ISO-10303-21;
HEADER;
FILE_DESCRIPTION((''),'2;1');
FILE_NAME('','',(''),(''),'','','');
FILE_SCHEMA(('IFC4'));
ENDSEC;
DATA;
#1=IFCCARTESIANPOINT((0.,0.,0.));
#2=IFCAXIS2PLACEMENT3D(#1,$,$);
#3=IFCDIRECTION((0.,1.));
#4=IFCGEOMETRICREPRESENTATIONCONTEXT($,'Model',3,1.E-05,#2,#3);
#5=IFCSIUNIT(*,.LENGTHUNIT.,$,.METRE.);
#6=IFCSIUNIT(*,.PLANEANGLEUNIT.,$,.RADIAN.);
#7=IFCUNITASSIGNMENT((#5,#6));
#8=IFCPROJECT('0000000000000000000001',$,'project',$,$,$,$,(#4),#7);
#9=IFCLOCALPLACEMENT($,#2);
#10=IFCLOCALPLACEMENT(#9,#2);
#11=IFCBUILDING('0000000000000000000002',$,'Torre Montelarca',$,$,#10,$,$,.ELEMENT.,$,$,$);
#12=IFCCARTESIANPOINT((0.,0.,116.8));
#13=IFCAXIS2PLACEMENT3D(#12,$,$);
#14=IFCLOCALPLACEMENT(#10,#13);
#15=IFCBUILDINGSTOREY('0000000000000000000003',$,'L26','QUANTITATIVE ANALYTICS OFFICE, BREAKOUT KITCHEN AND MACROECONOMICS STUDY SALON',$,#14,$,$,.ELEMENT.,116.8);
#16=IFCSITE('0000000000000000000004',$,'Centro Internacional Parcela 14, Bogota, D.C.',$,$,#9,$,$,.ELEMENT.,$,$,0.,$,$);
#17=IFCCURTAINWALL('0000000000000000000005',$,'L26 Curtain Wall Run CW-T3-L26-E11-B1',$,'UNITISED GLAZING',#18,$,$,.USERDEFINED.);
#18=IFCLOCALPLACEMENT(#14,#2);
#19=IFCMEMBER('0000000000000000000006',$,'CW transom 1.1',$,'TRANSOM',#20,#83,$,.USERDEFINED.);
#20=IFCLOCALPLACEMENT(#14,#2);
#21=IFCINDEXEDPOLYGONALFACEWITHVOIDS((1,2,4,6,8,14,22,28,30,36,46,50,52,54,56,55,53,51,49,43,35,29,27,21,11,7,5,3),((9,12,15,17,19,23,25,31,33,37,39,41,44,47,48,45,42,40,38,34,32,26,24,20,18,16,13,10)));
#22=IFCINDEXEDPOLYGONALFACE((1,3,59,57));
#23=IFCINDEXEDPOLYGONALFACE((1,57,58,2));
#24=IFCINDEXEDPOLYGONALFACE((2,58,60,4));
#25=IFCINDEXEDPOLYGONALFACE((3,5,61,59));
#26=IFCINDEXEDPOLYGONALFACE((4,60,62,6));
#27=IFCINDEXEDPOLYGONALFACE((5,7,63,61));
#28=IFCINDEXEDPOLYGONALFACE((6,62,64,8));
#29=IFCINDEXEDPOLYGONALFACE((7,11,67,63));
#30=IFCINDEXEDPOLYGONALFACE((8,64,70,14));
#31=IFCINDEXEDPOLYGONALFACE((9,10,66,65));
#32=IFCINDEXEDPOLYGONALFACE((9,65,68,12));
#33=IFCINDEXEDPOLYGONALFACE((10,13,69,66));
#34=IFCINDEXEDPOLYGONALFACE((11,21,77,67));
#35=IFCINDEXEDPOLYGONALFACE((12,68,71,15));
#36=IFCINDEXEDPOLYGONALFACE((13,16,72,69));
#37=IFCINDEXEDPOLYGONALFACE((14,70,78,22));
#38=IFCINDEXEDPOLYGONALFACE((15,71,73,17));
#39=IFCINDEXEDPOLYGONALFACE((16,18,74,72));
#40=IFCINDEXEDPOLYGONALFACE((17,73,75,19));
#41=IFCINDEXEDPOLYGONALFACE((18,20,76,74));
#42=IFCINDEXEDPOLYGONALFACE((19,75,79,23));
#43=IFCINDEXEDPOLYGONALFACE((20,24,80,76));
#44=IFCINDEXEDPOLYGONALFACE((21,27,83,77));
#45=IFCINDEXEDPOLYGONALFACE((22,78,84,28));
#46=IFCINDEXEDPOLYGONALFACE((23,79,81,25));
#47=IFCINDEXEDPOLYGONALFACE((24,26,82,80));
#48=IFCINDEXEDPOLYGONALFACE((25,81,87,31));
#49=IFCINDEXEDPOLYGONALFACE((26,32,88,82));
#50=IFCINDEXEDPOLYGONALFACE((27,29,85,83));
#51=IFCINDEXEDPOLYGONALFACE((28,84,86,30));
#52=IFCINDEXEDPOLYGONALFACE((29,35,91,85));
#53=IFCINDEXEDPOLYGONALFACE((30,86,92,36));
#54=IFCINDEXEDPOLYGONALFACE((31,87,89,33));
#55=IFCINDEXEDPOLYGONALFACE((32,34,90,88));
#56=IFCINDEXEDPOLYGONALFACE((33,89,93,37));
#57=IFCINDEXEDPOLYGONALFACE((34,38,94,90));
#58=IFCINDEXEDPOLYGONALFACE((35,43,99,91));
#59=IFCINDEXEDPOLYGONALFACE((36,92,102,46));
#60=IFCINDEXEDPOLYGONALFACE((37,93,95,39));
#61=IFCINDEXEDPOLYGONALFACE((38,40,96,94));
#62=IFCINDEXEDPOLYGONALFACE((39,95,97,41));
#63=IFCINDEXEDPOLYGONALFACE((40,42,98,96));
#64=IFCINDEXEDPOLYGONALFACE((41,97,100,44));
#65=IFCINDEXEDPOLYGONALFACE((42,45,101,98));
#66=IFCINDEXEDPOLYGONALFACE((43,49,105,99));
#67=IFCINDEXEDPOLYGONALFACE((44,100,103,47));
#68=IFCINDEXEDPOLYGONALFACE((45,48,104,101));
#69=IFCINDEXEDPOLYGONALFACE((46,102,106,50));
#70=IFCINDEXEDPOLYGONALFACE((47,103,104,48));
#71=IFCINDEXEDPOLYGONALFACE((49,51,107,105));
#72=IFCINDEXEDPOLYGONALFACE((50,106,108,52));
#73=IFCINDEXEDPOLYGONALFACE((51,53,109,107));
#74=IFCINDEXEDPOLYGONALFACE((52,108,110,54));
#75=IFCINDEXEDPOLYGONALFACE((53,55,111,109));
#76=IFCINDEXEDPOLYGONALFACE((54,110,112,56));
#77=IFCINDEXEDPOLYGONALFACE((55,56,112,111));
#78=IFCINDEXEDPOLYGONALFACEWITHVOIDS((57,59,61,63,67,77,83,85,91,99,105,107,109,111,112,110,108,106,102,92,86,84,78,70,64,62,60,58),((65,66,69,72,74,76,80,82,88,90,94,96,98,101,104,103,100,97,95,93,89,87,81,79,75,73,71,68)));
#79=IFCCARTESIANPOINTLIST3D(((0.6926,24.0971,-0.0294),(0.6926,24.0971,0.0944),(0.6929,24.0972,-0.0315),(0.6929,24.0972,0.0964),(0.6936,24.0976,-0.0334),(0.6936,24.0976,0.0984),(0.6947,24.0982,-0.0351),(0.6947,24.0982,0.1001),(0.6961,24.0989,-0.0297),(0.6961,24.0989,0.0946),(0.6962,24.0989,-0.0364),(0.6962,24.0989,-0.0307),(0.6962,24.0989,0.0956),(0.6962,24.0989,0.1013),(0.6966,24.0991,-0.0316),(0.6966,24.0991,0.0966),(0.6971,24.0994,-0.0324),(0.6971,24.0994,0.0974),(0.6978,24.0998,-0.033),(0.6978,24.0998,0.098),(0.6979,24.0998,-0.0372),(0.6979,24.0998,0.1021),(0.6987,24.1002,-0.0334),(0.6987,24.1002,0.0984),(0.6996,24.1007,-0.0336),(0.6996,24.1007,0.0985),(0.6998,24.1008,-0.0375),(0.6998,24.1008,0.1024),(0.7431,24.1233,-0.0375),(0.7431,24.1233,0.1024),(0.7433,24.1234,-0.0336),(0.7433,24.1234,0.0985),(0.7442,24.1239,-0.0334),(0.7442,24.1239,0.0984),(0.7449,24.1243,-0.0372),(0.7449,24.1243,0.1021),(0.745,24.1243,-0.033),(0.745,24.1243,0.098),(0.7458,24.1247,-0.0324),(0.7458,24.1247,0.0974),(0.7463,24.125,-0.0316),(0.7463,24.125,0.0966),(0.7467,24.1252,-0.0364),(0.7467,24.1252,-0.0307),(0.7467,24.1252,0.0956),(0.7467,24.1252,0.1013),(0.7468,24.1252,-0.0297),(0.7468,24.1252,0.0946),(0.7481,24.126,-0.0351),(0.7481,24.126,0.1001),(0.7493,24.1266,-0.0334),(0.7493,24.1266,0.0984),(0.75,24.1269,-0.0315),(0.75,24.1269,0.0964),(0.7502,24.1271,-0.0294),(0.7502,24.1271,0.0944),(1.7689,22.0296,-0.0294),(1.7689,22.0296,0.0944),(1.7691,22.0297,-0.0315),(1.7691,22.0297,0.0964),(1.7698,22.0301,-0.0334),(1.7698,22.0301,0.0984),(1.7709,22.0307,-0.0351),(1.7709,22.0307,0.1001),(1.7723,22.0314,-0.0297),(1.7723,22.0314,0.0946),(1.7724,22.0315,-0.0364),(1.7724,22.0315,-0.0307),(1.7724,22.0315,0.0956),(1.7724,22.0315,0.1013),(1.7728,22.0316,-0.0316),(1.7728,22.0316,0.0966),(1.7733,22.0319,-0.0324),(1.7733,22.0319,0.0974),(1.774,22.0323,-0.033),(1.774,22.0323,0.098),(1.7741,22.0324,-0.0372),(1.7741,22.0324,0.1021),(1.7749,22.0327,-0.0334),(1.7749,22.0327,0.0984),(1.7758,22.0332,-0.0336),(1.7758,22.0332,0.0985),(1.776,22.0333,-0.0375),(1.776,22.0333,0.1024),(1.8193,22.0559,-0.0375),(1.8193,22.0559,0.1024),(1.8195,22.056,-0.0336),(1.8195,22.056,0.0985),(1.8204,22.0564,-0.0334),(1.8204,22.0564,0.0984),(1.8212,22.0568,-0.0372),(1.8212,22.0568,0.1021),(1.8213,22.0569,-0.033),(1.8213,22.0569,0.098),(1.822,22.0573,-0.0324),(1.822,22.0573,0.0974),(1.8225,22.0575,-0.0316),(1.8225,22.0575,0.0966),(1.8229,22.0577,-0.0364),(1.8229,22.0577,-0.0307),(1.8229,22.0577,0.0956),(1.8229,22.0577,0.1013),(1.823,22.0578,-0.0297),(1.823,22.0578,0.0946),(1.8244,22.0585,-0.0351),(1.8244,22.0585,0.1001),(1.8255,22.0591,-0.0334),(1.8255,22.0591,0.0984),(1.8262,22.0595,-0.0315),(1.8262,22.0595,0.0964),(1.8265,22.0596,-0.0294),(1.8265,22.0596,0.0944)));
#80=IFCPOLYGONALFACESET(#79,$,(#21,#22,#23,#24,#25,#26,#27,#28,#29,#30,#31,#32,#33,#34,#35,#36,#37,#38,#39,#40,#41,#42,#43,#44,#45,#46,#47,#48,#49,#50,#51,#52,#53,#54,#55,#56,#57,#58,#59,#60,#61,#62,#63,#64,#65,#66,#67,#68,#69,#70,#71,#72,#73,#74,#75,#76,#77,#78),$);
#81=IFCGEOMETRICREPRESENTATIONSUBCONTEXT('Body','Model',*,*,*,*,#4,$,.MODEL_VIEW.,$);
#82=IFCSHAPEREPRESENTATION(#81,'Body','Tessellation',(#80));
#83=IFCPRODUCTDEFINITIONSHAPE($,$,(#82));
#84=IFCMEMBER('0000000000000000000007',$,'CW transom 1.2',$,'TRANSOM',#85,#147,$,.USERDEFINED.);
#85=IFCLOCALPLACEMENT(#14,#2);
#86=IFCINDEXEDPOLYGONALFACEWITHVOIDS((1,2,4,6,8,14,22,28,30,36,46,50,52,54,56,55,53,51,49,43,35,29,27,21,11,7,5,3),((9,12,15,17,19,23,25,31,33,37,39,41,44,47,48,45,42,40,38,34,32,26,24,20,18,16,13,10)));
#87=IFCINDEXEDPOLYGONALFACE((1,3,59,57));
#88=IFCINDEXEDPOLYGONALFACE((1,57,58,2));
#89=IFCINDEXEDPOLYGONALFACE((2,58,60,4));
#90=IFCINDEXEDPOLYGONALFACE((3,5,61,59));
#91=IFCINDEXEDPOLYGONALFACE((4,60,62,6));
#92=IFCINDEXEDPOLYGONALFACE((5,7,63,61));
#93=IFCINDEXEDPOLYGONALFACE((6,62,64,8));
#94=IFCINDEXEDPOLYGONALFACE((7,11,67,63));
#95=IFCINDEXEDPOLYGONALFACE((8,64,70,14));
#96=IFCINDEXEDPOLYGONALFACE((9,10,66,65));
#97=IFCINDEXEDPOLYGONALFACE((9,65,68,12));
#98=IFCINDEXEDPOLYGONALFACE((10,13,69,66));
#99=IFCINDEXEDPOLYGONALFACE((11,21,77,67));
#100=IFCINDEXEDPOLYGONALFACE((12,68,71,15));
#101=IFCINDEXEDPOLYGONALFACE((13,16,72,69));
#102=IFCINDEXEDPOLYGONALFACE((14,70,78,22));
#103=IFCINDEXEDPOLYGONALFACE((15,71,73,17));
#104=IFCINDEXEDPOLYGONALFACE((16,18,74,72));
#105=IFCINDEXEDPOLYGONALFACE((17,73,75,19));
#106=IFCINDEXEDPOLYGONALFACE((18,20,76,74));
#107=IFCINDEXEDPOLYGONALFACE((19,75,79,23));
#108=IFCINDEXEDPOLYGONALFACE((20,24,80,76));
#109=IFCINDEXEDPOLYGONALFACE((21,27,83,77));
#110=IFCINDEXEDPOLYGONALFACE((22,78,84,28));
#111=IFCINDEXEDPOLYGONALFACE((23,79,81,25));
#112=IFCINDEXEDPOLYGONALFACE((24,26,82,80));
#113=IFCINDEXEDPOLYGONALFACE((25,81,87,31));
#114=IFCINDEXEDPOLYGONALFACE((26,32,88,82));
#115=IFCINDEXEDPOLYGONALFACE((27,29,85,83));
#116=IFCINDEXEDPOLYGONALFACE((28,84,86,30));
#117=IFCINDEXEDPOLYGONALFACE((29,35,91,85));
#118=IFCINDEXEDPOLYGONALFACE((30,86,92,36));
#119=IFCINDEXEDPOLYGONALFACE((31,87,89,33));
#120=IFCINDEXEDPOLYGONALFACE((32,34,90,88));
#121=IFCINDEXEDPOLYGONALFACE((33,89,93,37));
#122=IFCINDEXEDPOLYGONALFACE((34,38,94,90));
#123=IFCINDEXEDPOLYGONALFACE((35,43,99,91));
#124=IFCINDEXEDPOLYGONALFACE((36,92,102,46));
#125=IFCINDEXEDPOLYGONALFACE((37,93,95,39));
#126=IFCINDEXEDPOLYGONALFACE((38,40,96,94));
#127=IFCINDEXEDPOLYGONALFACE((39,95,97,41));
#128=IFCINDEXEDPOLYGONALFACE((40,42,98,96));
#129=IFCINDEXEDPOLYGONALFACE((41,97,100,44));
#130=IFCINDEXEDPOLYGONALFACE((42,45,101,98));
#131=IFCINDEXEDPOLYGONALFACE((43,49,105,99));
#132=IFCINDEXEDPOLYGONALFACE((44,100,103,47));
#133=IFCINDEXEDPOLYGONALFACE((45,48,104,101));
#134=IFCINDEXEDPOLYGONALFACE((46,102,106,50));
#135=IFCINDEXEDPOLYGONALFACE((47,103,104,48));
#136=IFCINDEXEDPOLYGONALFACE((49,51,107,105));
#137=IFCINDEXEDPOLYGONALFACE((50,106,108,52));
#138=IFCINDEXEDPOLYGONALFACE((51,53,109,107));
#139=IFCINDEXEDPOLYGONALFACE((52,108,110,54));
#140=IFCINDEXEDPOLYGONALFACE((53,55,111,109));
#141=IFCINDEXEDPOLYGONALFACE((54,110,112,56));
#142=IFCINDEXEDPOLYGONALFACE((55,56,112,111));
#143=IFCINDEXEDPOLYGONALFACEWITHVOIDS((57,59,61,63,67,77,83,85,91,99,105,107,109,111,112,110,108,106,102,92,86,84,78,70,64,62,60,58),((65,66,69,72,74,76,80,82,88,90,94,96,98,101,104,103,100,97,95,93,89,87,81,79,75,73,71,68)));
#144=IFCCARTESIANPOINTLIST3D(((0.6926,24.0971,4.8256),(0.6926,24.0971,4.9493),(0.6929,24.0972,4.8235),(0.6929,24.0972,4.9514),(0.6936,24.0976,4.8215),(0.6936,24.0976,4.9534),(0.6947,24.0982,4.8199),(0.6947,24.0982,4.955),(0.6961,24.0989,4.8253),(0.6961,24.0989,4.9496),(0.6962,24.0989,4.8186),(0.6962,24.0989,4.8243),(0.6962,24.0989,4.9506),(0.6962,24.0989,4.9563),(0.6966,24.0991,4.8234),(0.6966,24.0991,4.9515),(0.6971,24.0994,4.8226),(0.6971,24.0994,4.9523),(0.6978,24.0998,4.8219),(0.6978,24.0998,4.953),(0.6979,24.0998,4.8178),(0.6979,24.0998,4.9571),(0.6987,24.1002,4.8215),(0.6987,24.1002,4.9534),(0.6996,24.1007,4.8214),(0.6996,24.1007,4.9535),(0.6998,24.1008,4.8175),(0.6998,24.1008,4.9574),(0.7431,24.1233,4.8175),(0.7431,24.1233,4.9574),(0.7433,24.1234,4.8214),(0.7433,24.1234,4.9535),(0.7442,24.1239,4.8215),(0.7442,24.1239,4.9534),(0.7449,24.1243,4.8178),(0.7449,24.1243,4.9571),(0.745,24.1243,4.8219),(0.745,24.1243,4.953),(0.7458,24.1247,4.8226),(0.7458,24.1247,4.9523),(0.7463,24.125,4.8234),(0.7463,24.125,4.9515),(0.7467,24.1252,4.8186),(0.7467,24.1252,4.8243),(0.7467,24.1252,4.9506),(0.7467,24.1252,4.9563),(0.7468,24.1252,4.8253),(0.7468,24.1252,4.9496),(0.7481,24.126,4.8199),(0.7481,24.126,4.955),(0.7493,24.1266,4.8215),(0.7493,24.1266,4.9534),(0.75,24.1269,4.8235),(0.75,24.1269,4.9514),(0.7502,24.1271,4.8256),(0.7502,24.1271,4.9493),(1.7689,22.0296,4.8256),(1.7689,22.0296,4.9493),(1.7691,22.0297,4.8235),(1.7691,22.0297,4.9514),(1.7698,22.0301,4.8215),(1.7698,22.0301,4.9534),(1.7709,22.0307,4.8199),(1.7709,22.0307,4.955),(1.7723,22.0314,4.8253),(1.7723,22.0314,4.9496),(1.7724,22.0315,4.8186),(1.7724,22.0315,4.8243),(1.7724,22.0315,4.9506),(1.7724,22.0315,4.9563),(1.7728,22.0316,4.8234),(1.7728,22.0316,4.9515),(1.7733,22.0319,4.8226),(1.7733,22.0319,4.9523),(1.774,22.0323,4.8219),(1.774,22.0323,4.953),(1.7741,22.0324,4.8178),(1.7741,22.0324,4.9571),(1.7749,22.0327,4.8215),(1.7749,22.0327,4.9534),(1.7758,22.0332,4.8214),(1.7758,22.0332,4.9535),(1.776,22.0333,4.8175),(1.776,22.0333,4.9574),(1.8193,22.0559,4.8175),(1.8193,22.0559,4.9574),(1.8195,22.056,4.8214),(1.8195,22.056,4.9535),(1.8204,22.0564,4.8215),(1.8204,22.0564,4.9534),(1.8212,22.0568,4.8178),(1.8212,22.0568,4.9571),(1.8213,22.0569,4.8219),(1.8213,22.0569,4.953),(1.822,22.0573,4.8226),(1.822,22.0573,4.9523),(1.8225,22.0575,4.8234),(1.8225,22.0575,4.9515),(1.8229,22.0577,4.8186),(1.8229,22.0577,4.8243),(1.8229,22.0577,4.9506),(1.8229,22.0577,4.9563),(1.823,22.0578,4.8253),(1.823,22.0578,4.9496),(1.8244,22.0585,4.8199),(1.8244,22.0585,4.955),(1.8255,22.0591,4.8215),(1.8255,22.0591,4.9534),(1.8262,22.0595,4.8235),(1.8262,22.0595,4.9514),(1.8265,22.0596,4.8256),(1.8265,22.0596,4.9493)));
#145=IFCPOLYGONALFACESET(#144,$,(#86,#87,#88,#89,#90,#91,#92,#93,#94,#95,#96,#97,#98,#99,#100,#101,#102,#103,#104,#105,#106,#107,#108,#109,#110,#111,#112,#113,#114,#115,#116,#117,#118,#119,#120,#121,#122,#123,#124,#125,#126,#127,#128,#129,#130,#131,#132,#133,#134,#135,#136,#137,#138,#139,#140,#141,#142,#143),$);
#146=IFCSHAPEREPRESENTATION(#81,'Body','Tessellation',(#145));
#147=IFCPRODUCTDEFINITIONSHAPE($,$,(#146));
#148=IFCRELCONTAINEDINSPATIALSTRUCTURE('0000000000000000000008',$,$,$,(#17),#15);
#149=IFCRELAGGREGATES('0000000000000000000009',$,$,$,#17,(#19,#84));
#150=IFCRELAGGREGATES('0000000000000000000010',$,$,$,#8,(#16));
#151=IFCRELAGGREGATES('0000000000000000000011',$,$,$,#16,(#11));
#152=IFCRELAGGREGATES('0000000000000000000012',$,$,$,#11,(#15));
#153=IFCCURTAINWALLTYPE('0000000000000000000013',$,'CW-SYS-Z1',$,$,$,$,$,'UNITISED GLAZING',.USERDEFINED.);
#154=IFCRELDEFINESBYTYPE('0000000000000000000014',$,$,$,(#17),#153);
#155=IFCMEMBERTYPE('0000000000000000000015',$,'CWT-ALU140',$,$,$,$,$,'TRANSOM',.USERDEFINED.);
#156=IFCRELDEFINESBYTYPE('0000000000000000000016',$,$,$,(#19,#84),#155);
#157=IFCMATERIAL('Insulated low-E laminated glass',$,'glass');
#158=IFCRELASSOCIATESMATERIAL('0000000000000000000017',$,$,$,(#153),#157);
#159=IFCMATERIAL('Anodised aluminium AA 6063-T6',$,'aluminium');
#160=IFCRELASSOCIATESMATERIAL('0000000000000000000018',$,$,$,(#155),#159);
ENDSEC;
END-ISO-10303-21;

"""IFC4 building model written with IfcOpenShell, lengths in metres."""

from ifc_helpers import new_model, si_unit, direction, frame, origin, origin_2d, place, context, subcontext, project, spatial, hollow_rectangle, extrude, source, transform, mapped, material, material_profile, profile_set, type_object, element, aggregate, save


model = new_model("IFC4")

# Units and contexts
model_context = context("Model", 3, precision=1e-05, world=origin(), true_north=direction((0.0, 1.0)))
body_context = subcontext(model_context, "Body", "Model", "MODEL_VIEW")
ifc_project = project(units=[si_unit("LENGTHUNIT", "METRE"), si_unit("PLANEANGLEUNIT", "RADIAN")], contexts=[model_context])

# Site, building, storey
site_placement = place(None, origin())
site = spatial("IfcSite", under=ifc_project, at=site_placement, Name="Centro Internacional Parcela 14, Bogota, D.C.", CompositionType="ELEMENT", RefElevation=0.0)
building_placement = place(site_placement, origin())
building = spatial("IfcBuilding", under=site, at=building_placement, Name="Torre Montelarca", CompositionType="ELEMENT")
storey_placement = place(building_placement, frame((0.0, 0.0, 116.8)))
storey = spatial("IfcBuildingStorey", under=building, at=storey_placement, Name="L26", Description="QUANTITATIVE ANALYTICS OFFICE, BREAKOUT KITCHEN AND MACROECONOMICS STUDY SALON", CompositionType="ELEMENT", Elevation=116.8)

# Curtain wall, members
ifc_material_1 = material(Name="Insulated low-E laminated glass", Category="glass")
curtain_wall_type = type_object("IfcCurtainWallType", Name="CW-SYS-Z1", ElementType="UNITISED GLAZING", PredefinedType="USERDEFINED", material=ifc_material_1)
ifc_material_2 = material(Name="Anodised aluminium AA 6063-T6", Category="aluminium")
ifc_material_profile_1 = material_profile(ifc_material_2, hollow_rectangle(XDim=0.0649, YDim=0.1399, WallThickness=0.0039, InnerFilletRadius=0.0039, OuterFilletRadius=0.0081, at=origin_2d()), Name="ALU65X140X4", Category="aluminium")
ifc_profile_set_1 = profile_set([ifc_material_profile_1], Name="Anodised aluminium AA 6063-T6")
member_type_1 = type_object("IfcMemberType", Name="CWT-ALU140", ElementType="TRANSOM", PredefinedType="USERDEFINED", material=ifc_profile_set_1)
curtain_wall_1_placement = place(storey_placement, origin())
curtain_wall_1 = element("IfcCurtainWall", 1, at=curtain_wall_1_placement, inside=storey, type_object=curtain_wall_type, Name="L26 Curtain Wall Run CW-T3-L26-E11-B1", ObjectType="UNITISED GLAZING", PredefinedType="USERDEFINED")
shared_shape_1 = source(origin(), body_context, "Body", "SweptSolid", [
    extrude(hollow_rectangle(XDim=0.0649, YDim=0.1399, WallThickness=0.0039, InnerFilletRadius=0.0039, OuterFilletRadius=0.0081, at=origin_2d()), origin(), (0.0, 0.0, 1.0), 2.3308),
])
member_1_placement = place(storey_placement, frame((0.7214, 24.1121, 0.0325), z_axis=(0.461735, -0.887018, 0.0), x_axis=(0.887018, 0.461735, 0.0)))
member_1 = element("IfcMember", 2, at=member_1_placement, type_object=member_type_1, Name="CW transom 1.1", ObjectType="TRANSOM", PredefinedType="USERDEFINED", context=body_context, shape_type="MappedRepresentation", body=[
    mapped(shared_shape_1, transform((0.0, 0.0, 0.0), scale=1.0)),
])
member_2_placement = place(storey_placement, frame((0.7214, 24.1121, 4.8875), z_axis=(0.461735, -0.887018, 0.0), x_axis=(0.887018, 0.461735, 0.0)))
member_2 = element("IfcMember", 3, at=member_2_placement, type_object=member_type_1, Name="CW transom 1.2", ObjectType="TRANSOM", PredefinedType="USERDEFINED", context=body_context, shape_type="MappedRepresentation", body=[
    mapped(shared_shape_1, transform((0.0, 0.0, 0.0), scale=1.0)),
])

aggregate(curtain_wall_1, [member_1, member_2])

save(model, "model.ifc")
